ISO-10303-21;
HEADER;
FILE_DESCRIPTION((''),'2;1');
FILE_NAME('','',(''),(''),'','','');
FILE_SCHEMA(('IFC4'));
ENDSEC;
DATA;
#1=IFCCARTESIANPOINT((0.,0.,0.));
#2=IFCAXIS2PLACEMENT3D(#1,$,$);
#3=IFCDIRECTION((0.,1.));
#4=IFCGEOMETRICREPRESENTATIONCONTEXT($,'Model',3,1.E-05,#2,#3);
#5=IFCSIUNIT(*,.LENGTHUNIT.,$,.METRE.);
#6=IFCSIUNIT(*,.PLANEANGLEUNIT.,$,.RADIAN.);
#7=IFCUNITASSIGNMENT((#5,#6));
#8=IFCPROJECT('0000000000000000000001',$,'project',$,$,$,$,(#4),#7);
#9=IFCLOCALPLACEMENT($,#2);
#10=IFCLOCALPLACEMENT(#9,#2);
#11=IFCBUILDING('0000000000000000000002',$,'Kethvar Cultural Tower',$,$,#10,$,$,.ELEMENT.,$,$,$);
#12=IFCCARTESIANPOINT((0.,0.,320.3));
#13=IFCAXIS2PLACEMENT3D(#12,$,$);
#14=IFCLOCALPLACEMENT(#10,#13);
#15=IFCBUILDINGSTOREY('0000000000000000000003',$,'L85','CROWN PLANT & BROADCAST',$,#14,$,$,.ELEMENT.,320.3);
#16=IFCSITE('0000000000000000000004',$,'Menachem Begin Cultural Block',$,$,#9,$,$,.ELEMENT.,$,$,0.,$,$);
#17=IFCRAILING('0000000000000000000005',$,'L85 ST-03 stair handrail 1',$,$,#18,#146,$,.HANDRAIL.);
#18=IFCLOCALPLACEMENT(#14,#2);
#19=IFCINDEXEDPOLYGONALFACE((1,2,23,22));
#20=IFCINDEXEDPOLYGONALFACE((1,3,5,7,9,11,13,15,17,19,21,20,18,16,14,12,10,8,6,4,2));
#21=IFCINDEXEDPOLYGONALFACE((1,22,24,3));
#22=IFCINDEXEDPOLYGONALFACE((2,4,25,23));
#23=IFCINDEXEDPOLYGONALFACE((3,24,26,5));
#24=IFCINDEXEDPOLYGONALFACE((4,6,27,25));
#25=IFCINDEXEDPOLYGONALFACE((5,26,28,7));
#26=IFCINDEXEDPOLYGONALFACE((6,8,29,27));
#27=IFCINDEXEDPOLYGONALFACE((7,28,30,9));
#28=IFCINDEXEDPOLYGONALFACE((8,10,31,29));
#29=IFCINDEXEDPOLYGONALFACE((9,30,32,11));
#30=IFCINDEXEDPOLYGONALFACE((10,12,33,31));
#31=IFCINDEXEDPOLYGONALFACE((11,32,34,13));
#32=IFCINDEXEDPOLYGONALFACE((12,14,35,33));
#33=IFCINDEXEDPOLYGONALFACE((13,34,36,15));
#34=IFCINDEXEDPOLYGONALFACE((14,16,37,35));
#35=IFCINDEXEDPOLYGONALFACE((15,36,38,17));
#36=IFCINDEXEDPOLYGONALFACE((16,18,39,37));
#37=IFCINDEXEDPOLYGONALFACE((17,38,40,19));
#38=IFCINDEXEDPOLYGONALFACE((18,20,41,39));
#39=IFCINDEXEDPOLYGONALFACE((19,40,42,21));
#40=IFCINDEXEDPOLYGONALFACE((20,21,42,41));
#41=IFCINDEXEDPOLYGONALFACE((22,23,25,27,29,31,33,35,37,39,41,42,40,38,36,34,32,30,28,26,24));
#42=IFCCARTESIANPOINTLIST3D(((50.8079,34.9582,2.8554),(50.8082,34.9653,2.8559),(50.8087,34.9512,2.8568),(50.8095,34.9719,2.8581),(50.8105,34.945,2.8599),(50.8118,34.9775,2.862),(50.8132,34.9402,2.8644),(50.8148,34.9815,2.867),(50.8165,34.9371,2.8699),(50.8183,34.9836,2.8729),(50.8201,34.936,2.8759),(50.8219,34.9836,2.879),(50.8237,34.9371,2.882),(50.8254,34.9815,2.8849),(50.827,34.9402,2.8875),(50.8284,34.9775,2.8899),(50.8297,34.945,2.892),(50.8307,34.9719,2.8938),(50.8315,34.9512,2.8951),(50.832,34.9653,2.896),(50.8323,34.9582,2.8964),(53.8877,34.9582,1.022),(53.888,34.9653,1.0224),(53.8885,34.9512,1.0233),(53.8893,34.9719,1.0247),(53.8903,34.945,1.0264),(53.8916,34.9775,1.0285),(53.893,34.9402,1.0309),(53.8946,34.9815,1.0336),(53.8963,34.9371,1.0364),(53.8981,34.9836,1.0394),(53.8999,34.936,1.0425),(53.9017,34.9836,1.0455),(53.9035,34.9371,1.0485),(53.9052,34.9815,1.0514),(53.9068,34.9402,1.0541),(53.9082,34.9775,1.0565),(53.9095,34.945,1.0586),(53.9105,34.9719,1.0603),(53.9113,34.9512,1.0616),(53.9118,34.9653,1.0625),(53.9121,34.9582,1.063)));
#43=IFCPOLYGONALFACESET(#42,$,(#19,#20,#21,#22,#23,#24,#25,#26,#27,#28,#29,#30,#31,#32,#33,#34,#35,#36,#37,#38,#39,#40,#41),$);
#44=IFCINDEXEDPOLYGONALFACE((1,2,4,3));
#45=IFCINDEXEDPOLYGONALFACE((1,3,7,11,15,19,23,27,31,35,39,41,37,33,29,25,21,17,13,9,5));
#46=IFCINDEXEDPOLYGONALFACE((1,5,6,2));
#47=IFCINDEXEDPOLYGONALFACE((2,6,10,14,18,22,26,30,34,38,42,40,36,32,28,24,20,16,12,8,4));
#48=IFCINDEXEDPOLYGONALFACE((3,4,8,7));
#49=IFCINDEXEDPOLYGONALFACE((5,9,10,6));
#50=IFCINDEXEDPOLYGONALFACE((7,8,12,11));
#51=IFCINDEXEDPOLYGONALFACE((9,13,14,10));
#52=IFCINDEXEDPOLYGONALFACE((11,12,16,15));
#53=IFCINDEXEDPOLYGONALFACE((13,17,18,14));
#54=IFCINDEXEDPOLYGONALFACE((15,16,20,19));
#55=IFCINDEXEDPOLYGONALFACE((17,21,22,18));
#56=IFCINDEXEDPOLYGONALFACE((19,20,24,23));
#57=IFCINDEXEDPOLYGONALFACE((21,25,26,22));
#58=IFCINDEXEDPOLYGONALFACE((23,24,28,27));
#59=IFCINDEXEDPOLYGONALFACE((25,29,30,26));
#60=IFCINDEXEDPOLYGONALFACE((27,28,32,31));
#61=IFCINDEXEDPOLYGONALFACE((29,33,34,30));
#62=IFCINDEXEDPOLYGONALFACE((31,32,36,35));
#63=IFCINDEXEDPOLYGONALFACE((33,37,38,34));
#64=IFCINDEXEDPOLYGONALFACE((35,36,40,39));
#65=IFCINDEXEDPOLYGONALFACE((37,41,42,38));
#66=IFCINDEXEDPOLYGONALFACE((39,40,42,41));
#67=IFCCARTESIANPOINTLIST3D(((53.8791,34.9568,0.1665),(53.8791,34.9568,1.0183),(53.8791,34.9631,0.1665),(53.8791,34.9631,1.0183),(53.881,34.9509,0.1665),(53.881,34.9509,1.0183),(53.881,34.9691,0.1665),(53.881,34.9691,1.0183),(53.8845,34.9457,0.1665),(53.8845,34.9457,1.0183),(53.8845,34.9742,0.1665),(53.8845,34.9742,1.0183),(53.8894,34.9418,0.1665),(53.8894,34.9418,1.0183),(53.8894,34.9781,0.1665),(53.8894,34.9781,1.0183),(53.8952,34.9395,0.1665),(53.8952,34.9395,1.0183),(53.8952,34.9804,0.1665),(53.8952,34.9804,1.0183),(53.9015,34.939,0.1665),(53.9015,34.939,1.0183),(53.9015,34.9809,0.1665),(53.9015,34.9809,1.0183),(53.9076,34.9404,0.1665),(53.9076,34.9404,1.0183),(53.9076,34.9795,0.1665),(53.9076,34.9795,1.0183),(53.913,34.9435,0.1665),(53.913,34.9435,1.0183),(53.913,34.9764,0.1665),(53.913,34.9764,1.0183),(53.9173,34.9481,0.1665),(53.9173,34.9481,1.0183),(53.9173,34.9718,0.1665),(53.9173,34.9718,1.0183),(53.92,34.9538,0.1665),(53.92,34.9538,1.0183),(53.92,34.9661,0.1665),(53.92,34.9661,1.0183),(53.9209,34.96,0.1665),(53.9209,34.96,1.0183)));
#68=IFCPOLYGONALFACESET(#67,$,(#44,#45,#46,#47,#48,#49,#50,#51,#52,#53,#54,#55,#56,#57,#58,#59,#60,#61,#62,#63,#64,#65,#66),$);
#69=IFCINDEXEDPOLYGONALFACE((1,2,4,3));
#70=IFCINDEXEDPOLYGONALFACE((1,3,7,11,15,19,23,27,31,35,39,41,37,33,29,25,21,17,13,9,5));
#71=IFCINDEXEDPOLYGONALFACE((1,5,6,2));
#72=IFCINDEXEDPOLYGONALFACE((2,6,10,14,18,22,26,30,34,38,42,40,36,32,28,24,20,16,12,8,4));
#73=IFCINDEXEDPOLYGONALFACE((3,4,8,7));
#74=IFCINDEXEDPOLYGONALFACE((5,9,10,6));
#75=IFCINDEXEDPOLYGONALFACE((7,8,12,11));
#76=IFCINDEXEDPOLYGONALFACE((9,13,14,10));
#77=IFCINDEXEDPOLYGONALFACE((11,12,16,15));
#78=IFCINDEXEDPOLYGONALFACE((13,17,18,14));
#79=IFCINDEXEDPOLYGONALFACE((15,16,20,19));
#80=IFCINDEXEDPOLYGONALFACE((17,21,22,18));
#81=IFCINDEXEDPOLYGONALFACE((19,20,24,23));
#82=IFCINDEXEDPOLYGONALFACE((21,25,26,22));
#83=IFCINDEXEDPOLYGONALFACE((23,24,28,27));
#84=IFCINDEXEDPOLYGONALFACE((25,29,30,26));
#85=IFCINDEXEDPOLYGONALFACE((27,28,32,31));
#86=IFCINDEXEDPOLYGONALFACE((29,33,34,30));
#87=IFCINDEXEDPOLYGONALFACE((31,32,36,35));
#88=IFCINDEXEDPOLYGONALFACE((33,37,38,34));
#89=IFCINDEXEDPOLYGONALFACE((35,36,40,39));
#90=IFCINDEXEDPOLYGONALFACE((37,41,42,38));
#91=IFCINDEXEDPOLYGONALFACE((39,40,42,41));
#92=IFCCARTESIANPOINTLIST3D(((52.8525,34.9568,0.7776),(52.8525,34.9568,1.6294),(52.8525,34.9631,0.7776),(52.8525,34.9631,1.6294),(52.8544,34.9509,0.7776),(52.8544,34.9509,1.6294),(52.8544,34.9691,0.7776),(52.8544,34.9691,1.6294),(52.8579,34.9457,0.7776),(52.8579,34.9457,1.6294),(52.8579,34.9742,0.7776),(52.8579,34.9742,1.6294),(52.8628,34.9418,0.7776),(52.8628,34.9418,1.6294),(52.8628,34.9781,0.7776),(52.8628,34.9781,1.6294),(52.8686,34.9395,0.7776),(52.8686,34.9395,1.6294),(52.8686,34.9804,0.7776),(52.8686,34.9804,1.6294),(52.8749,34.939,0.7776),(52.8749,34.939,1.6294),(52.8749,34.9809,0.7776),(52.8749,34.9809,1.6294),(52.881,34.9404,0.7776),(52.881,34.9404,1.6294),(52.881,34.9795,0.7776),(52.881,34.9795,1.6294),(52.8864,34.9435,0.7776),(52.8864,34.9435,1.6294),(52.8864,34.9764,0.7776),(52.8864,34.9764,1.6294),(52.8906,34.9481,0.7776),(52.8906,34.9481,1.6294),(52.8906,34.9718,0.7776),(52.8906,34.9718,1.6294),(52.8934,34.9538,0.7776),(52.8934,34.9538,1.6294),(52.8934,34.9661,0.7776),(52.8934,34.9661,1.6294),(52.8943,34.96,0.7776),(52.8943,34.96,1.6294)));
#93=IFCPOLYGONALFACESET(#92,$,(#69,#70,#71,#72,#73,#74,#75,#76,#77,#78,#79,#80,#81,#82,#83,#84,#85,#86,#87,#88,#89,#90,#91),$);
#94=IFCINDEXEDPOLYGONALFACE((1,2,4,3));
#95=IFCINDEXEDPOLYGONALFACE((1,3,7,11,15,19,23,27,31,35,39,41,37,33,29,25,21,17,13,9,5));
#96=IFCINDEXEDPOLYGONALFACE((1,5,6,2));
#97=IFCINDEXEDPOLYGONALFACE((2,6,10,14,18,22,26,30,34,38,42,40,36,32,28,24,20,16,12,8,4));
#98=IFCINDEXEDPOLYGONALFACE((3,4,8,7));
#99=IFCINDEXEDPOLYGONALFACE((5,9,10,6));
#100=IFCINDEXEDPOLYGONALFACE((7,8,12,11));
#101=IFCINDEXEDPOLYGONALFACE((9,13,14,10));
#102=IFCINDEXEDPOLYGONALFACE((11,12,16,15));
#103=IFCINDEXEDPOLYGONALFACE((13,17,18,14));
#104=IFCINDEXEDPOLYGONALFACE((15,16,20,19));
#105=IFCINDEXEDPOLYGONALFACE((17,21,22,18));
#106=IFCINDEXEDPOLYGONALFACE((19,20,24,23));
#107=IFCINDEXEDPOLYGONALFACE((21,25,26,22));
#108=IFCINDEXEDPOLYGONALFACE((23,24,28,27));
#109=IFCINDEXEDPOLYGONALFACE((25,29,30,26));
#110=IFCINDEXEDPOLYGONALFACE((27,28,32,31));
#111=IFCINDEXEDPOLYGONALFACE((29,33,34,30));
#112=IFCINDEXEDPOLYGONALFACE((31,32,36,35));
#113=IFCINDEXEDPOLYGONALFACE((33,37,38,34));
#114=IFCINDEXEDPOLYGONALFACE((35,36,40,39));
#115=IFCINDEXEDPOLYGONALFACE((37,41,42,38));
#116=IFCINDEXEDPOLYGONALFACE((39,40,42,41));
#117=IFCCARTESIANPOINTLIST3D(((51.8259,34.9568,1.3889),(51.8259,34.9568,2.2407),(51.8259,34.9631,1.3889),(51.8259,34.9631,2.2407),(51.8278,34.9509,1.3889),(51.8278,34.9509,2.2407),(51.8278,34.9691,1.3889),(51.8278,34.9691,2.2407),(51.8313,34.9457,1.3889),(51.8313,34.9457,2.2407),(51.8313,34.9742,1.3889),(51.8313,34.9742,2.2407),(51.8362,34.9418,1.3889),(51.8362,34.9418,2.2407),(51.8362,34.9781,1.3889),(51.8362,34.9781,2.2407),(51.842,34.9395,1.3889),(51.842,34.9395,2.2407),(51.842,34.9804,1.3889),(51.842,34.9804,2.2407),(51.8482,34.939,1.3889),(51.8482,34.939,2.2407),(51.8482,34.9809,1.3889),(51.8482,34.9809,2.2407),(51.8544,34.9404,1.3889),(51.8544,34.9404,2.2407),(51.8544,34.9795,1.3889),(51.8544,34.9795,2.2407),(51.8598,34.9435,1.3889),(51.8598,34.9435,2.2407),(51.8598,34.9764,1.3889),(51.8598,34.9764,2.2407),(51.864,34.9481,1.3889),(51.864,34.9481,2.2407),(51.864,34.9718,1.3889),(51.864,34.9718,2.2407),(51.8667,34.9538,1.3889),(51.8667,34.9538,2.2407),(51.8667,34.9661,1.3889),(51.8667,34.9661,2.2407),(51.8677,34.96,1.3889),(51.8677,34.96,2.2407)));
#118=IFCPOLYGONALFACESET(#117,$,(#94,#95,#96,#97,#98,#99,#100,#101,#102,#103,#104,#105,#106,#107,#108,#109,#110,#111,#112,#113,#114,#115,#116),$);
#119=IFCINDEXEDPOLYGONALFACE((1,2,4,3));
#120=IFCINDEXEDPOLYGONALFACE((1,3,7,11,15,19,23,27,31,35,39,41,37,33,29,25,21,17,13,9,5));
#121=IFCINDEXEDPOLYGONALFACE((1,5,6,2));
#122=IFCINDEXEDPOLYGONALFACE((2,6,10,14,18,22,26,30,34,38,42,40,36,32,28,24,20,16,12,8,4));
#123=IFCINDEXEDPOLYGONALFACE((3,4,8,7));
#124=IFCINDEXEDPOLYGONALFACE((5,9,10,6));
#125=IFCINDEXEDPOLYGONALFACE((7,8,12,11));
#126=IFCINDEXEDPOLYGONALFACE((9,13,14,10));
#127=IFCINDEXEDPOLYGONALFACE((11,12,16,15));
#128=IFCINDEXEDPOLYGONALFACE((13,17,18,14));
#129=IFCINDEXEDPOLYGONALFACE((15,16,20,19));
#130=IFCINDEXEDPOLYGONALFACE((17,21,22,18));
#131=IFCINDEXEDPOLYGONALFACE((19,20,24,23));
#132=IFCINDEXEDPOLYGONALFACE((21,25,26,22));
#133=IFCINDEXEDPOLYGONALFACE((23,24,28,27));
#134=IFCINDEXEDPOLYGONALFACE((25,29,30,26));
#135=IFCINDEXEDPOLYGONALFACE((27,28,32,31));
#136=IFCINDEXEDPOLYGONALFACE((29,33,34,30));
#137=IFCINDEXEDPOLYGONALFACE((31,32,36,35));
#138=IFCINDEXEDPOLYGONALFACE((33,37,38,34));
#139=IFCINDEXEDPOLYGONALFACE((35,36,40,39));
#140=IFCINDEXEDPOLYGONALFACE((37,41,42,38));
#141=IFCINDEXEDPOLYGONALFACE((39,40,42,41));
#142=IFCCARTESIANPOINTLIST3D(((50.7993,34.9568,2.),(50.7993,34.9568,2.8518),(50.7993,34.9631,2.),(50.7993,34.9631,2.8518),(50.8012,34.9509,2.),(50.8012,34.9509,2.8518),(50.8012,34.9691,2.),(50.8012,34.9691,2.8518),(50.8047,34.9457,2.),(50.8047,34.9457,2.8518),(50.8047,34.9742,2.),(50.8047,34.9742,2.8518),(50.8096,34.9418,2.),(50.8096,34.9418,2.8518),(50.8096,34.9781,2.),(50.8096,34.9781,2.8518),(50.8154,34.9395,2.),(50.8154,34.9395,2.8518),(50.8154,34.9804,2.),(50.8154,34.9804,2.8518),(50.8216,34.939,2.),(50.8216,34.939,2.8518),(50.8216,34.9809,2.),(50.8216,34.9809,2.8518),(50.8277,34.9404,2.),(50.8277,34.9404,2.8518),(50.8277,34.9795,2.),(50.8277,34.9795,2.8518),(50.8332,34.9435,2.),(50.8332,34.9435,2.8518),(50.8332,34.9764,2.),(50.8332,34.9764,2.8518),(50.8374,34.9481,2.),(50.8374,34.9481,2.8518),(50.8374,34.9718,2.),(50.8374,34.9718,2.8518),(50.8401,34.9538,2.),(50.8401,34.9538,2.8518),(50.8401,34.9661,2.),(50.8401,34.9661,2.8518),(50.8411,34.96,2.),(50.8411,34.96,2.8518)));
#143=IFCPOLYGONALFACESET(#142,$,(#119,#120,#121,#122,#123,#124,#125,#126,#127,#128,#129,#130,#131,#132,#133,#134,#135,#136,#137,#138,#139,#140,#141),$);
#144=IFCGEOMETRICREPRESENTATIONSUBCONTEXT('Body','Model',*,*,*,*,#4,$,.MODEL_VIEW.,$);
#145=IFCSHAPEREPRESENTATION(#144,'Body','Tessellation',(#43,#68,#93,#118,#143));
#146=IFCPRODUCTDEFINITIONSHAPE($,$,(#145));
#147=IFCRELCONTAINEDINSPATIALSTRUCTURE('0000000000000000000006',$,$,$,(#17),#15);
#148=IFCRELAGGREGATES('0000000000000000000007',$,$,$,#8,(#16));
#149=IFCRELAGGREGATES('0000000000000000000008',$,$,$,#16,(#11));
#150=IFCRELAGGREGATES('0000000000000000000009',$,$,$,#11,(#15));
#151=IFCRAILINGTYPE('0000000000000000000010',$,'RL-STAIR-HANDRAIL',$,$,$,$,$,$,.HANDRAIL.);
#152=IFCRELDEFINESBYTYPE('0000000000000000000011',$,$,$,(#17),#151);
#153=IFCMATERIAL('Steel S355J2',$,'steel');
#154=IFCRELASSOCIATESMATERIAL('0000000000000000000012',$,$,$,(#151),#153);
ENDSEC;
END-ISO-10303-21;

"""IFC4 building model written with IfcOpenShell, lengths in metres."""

from ifc_helpers import new_model, si_unit, direction, frame, origin, origin_2d, place, context, subcontext, project, spatial, circle, extrude, material, type_object, element, save


model = new_model("IFC4")

# Units and contexts
model_context = context("Model", 3, precision=1e-05, world=origin(), true_north=direction((0.0, 1.0)))
body_context = subcontext(model_context, "Body", "Model", "MODEL_VIEW")
ifc_project = project(units=[si_unit("LENGTHUNIT", "METRE"), si_unit("PLANEANGLEUNIT", "RADIAN")], contexts=[model_context])

# Site, building, storey
site_placement = place(None, origin())
site = spatial("IfcSite", under=ifc_project, at=site_placement, Name="Menachem Begin Cultural Block", CompositionType="ELEMENT", RefElevation=0.0)
building_placement = place(site_placement, origin())
building = spatial("IfcBuilding", under=site, at=building_placement, Name="Kethvar Cultural Tower", CompositionType="ELEMENT")
storey_placement = place(building_placement, frame((0.0, 0.0, 320.3)))
storey = spatial("IfcBuildingStorey", under=building, at=storey_placement, Name="L85", Description="CROWN PLANT & BROADCAST", CompositionType="ELEMENT", Elevation=320.3)

# Shared definitions
ifc_material_1 = material(Name="Steel S355J2", Category="steel")

# Railing
railing_type_1 = type_object("IfcRailingType", Name="RL-STAIR-HANDRAIL", PredefinedType="HANDRAIL", material=ifc_material_1)
railing_1_placement = place(storey_placement, frame((53.8999, 34.96, 0.1665)))
element("IfcRailing", 1, at=railing_1_placement, inside=storey, type_object=railing_type_1, Name="L85 ST-03 stair handrail 1", PredefinedType="HANDRAIL", context=body_context, shape_type="SweptSolid", body=[
    extrude(circle(Radius=0.0239, at=origin_2d()), frame((0.0, 0.0, 0.876), z_axis=(-0.859261, 0.0, 0.511538), x_axis=(0.0, -1.0, 0.0)), (0.0, 0.0, 1.0), 3.5842),
    extrude(circle(Radius=0.021, at=origin_2d()), origin(), (0.0, 0.0, 1.0), 0.8518),
    extrude(circle(Radius=0.021, at=origin_2d()), frame((-1.0266, 0.0, 0.6111)), (0.0, 0.0, 1.0), 0.8518),
    extrude(circle(Radius=0.021, at=origin_2d()), frame((-2.0532, 0.0, 1.2224)), (0.0, 0.0, 1.0), 0.8518),
    extrude(circle(Radius=0.021, at=origin_2d()), frame((-3.0798, 0.0, 1.8335)), (0.0, 0.0, 1.0), 0.8518),
])

save(model, "model.ifc")
